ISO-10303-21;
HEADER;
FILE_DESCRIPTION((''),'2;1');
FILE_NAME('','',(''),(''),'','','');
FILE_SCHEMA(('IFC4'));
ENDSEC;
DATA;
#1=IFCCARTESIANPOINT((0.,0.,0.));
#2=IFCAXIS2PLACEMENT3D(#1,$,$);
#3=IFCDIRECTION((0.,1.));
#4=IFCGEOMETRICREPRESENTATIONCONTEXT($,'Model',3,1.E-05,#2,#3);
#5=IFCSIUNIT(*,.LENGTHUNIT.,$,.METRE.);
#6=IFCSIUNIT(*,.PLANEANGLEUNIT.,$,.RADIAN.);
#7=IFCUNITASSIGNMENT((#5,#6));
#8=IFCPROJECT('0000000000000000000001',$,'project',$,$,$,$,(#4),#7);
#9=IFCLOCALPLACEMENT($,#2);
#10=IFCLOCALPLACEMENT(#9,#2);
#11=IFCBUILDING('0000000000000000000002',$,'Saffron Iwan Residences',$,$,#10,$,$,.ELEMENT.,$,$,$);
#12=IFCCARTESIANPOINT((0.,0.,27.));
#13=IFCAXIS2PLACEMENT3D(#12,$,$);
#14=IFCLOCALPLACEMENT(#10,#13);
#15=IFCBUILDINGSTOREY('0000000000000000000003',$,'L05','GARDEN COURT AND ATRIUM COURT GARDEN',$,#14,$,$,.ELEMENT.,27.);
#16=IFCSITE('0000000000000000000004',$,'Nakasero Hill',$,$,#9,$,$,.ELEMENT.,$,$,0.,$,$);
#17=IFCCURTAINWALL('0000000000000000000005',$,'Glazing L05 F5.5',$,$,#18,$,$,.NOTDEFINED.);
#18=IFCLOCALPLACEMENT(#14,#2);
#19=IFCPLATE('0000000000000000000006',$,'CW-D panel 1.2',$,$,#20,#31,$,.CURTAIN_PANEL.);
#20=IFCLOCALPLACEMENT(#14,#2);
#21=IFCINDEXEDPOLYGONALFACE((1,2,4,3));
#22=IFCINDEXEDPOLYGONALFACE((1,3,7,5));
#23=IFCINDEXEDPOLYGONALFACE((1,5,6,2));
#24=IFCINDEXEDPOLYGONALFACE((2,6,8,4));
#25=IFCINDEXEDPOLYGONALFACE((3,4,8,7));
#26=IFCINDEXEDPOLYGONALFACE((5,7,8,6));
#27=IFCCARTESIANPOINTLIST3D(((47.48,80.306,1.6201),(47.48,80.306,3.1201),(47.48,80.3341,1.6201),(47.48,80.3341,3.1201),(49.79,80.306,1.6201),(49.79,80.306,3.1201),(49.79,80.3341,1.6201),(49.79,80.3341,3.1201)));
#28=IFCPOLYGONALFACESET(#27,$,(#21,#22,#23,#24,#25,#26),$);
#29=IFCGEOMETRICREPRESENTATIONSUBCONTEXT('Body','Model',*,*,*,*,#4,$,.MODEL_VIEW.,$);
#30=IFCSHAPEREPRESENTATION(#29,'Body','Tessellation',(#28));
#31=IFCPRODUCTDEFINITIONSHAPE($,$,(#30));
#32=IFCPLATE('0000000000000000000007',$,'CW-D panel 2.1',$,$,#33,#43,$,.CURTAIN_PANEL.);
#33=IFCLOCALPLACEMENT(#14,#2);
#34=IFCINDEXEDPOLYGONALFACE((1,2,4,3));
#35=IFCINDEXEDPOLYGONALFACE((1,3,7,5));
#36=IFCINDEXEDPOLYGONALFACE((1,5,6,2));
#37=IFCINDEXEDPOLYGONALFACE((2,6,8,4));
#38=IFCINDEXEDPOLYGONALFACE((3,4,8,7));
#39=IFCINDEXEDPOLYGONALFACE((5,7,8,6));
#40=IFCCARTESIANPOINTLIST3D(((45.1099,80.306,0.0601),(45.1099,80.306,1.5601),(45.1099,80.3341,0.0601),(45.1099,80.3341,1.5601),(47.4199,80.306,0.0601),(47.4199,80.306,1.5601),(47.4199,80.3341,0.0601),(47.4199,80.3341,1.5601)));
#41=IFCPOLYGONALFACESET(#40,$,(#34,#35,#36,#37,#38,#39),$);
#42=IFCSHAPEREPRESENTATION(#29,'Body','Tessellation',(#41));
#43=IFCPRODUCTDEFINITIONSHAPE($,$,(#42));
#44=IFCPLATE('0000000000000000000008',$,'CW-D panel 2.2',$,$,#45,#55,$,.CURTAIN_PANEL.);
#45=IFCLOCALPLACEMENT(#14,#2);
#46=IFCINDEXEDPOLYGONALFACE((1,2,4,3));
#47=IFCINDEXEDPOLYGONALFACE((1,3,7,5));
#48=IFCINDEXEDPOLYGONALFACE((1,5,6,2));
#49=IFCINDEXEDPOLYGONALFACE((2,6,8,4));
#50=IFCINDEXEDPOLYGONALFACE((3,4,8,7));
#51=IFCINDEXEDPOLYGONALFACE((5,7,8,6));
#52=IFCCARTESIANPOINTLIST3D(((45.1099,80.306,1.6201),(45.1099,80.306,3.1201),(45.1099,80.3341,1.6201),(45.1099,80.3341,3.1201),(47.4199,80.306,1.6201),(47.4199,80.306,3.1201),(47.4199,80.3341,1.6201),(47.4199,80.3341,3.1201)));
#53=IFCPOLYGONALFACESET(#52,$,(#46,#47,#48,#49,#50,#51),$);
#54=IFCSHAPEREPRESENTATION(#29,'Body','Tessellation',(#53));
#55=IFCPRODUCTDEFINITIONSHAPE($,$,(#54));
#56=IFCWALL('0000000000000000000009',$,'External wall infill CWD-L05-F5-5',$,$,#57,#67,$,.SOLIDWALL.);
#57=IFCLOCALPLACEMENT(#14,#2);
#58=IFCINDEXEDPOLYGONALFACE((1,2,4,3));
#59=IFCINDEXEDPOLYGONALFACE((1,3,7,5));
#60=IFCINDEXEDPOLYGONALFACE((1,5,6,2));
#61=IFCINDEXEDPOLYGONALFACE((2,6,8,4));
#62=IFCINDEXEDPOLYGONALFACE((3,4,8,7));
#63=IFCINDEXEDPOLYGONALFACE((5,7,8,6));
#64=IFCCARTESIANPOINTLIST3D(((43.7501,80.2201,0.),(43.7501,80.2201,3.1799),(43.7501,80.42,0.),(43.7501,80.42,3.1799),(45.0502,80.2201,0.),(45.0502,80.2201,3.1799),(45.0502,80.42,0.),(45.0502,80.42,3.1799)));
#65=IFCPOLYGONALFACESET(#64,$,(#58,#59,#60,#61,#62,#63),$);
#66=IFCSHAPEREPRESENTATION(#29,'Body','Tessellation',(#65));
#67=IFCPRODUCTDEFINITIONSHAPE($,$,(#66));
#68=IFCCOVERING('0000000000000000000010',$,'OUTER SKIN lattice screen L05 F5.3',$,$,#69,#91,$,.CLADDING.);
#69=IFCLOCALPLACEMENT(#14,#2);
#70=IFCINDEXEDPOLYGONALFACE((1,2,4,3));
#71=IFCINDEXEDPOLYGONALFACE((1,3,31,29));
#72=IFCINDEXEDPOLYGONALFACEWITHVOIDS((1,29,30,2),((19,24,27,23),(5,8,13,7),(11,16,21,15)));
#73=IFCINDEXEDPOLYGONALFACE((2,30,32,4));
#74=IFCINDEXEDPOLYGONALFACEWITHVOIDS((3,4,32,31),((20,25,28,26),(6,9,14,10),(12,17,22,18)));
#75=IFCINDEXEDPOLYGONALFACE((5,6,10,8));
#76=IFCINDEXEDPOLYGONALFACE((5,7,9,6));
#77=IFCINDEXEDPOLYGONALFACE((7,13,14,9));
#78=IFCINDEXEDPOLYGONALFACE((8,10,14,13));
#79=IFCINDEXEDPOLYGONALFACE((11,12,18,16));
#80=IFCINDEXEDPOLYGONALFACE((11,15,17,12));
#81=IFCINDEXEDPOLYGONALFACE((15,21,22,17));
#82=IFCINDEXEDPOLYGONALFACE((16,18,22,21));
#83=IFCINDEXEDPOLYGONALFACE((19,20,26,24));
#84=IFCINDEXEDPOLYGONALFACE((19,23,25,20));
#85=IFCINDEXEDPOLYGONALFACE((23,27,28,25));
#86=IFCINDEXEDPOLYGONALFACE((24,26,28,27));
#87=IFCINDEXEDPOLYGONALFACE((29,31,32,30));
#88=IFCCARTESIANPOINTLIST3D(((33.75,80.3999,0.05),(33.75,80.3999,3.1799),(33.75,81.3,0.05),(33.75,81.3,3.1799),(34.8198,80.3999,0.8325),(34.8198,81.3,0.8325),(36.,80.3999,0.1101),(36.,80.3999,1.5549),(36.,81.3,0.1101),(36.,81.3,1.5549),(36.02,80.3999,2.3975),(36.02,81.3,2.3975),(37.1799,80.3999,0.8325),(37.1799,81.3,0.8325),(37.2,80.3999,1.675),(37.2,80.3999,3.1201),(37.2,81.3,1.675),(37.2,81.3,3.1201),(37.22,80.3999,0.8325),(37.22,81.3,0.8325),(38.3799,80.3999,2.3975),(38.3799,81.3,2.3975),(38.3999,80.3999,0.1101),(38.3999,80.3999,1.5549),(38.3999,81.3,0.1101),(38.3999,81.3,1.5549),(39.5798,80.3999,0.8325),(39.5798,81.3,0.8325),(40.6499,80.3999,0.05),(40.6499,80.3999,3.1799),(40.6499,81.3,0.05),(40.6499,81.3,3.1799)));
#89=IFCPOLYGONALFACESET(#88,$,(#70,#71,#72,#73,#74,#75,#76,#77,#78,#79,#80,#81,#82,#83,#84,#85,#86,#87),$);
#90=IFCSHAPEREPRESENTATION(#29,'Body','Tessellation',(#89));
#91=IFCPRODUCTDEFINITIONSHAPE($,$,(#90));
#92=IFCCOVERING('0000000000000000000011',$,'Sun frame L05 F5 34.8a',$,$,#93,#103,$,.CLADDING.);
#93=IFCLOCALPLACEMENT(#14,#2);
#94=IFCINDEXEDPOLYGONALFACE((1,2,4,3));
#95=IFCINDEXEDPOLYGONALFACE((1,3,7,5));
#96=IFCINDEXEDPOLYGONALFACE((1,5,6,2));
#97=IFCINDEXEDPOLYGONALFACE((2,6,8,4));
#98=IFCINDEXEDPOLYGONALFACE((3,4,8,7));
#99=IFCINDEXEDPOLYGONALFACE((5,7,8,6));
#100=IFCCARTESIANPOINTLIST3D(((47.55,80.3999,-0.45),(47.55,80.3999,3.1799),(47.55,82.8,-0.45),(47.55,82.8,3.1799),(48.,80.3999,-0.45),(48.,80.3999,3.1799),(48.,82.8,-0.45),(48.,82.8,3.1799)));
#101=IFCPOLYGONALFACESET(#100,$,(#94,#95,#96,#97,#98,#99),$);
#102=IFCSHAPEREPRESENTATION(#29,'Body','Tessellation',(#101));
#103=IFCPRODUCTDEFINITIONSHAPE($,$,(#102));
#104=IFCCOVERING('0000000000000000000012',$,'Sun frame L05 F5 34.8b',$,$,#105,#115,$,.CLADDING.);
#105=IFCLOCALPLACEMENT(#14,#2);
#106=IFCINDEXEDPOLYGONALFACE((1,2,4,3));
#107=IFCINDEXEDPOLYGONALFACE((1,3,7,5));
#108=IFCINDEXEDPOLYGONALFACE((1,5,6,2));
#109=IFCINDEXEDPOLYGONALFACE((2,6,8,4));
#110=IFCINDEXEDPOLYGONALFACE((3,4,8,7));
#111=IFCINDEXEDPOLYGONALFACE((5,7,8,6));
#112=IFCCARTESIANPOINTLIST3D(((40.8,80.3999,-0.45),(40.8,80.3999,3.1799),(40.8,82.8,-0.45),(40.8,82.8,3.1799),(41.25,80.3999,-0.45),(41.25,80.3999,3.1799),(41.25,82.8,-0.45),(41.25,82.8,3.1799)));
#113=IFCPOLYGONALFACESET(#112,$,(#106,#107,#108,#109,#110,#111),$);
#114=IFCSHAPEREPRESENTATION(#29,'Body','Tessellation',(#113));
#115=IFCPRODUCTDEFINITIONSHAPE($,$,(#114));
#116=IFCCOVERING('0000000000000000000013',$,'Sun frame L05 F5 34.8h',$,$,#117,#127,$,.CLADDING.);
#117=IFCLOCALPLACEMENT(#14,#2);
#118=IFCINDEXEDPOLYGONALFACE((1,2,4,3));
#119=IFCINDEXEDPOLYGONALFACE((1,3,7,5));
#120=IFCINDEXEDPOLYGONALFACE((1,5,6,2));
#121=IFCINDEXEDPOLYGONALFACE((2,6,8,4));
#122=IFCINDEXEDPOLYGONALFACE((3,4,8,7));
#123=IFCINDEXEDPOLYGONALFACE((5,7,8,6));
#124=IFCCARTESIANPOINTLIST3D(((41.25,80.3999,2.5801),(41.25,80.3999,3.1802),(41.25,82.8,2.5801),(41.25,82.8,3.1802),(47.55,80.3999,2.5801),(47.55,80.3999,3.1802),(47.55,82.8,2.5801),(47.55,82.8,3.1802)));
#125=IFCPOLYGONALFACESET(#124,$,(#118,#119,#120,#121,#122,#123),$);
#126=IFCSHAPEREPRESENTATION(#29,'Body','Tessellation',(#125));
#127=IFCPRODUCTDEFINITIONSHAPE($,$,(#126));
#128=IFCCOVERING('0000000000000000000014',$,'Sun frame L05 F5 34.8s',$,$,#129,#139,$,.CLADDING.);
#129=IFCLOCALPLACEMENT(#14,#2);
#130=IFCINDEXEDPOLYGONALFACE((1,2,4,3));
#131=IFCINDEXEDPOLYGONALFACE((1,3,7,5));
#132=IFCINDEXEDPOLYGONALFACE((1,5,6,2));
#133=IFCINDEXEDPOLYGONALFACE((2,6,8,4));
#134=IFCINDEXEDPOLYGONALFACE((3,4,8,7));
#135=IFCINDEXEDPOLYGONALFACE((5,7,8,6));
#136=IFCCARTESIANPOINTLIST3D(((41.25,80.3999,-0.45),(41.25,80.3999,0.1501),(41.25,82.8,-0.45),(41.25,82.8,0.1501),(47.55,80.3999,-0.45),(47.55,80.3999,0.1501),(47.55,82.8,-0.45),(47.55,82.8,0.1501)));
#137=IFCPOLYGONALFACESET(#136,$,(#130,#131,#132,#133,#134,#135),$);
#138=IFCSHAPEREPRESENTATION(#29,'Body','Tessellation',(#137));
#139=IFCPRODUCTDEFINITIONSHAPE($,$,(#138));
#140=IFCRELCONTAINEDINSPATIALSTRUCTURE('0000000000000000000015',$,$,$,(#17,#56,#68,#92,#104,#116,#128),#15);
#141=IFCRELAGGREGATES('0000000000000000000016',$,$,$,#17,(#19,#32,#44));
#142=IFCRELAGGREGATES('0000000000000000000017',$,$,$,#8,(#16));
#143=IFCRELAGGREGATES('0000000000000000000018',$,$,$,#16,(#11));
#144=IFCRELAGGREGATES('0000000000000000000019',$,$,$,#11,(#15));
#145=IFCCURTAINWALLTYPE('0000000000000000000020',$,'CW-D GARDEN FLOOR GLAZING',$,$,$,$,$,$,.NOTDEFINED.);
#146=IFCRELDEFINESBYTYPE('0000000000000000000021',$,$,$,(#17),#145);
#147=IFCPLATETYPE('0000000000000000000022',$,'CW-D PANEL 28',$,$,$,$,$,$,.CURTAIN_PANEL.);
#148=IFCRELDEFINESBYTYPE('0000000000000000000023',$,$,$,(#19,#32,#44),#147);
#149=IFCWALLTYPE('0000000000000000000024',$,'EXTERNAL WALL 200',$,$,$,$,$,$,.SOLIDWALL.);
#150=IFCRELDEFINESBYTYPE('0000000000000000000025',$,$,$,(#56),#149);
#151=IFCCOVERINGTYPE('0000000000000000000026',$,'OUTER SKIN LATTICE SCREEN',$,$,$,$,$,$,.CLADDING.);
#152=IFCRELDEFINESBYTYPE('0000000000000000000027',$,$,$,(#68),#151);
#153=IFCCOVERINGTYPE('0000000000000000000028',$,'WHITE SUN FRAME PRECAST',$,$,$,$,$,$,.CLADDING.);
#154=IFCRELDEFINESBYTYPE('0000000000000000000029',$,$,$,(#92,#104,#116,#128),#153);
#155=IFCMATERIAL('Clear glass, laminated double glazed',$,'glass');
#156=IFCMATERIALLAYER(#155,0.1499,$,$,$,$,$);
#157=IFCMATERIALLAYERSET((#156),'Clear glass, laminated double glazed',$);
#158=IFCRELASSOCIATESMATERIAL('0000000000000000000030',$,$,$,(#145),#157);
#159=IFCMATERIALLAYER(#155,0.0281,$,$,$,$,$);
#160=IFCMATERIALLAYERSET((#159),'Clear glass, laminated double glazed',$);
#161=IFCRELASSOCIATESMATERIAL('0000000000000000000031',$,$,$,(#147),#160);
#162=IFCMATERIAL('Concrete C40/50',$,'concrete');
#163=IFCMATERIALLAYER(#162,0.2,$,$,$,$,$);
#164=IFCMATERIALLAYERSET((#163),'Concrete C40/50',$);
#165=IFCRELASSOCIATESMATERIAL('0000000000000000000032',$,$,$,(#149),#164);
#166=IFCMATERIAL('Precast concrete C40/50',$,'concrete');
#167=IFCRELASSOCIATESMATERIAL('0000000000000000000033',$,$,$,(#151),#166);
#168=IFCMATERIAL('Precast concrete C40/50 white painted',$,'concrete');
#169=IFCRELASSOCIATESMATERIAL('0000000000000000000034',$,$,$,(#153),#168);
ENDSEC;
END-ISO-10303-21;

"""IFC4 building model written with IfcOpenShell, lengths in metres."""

from ifc_helpers import new_model, si_unit, direction, frame, frame_2d, origin, origin_2d, place, context, subcontext, project, spatial, polyline, rectangle, outline, extrude, source, transform, mapped, material, layer, layer_set, type_object, element, aggregate, save


model = new_model("IFC4")

# Units and contexts
model_context = context("Model", 3, precision=1e-05, world=origin(), true_north=direction((0.0, 1.0)))
body_context = subcontext(model_context, "Body", "Model", "MODEL_VIEW")
ifc_project = project(units=[si_unit("LENGTHUNIT", "METRE"), si_unit("PLANEANGLEUNIT", "RADIAN")], contexts=[model_context])

# Site, building, storey
site_placement = place(None, origin())
site = spatial("IfcSite", under=ifc_project, at=site_placement, Name="Nakasero Hill", CompositionType="ELEMENT", RefElevation=0.0)
building_placement = place(site_placement, origin())
building = spatial("IfcBuilding", under=site, at=building_placement, Name="Saffron Iwan Residences", CompositionType="ELEMENT")
storey_placement = place(building_placement, frame((0.0, 0.0, 27.0)))
storey = spatial("IfcBuildingStorey", under=building, at=storey_placement, Name="L05", Description="GARDEN COURT AND ATRIUM COURT GARDEN", CompositionType="ELEMENT", Elevation=27.0)

# Curtain wall
ifc_material_1 = material(Name="Clear glass, laminated double glazed", Category="glass")
ifc_layer_1 = layer(ifc_material_1, 0.1499)
ifc_layer_set_1 = layer_set([ifc_layer_1], Name="Clear glass, laminated double glazed")
curtain_wall_type = type_object("IfcCurtainWallType", Name="CW-D GARDEN FLOOR GLAZING", PredefinedType="NOTDEFINED", material=ifc_layer_set_1)
curtain_wall_1_placement = place(storey_placement, origin())
curtain_wall_1 = element("IfcCurtainWall", 1, at=curtain_wall_1_placement, inside=storey, type_object=curtain_wall_type, Name="Glazing L05 F5.5", PredefinedType="NOTDEFINED")

# Plates
ifc_layer_2 = layer(ifc_material_1, 0.0281)
ifc_layer_set_2 = layer_set([ifc_layer_2], Name="Clear glass, laminated double glazed")
plate_type = type_object("IfcPlateType", Name="CW-D PANEL 28", PredefinedType="CURTAIN_PANEL", material=ifc_layer_set_2)
shared_shape_1 = source(origin(), body_context, "Body", "SweptSolid", [
    extrude(rectangle(XDim=2.3101, YDim=0.0281, at=origin_2d()), origin(), (0.0, 0.0, 1.0), 1.5),
])
plate_1_placement = place(storey_placement, frame((48.635, 80.3201, 1.6201), z_axis=(0.0, 0.0, 1.0), x_axis=(-1.0, 0.0, 0.0)))
plate_1 = element("IfcPlate", 2, at=plate_1_placement, type_object=plate_type, Name="CW-D panel 1.2", PredefinedType="CURTAIN_PANEL", context=body_context, shape_type="MappedRepresentation", body=[
    mapped(shared_shape_1, transform((0.0, 0.0, 0.0))),
])
plate_2_placement = place(storey_placement, frame((46.2649, 80.3201, 0.0601), z_axis=(0.0, 0.0, 1.0), x_axis=(-1.0, 0.0, 0.0)))
plate_2 = element("IfcPlate", 3, at=plate_2_placement, type_object=plate_type, Name="CW-D panel 2.1", PredefinedType="CURTAIN_PANEL", context=body_context, shape_type="MappedRepresentation", body=[
    mapped(shared_shape_1, transform((0.0, 0.0, 0.0))),
])
plate_3_placement = place(storey_placement, frame((46.2649, 80.3201, 1.6201), z_axis=(0.0, 0.0, 1.0), x_axis=(-1.0, 0.0, 0.0)))
plate_3 = element("IfcPlate", 4, at=plate_3_placement, type_object=plate_type, Name="CW-D panel 2.2", PredefinedType="CURTAIN_PANEL", context=body_context, shape_type="MappedRepresentation", body=[
    mapped(shared_shape_1, transform((0.0, 0.0, 0.0))),
])
aggregate(curtain_wall_1, [plate_1, plate_2, plate_3])

# Wall
ifc_material_2 = material(Name="Concrete C40/50", Category="concrete")
ifc_layer_3 = layer(ifc_material_2, 0.2)
ifc_layer_set_3 = layer_set([ifc_layer_3], Name="Concrete C40/50")
wall_type = type_object("IfcWallType", Name="EXTERNAL WALL 200", PredefinedType="SOLIDWALL", material=ifc_layer_set_3)
wall_placement = place(storey_placement, frame((45.05, 80.3201, 0.0), z_axis=(0.0, 0.0, 1.0), x_axis=(-1.0, 0.0, 0.0)))
element("IfcWall", 5, at=wall_placement, inside=storey, type_object=wall_type, Name="External wall infill CWD-L05-F5-5", PredefinedType="SOLIDWALL", context=body_context, shape_type="SweptSolid", body=[
    extrude(rectangle(XDim=1.3, YDim=0.2, at=frame_2d((0.6499, 0.0))), origin(), (0.0, 0.0, 1.0), 3.1799),
])

# Coverings
ifc_material_3 = material(Name="Precast concrete C40/50", Category="concrete")
covering_type_1 = type_object("IfcCoveringType", Name="OUTER SKIN LATTICE SCREEN", PredefinedType="CLADDING", material=ifc_material_3)
covering_placement = place(storey_placement, frame((40.6499, 80.3999, 0.05), z_axis=(0.0, 1.0, 0.0), x_axis=(-1.0, 0.0, 0.0)))
element("IfcCovering", 6, at=covering_placement, inside=storey, type_object=covering_type_1, Name="OUTER SKIN lattice screen L05 F5.3", PredefinedType="CLADDING", context=body_context, shape_type="SweptSolid", body=[
    extrude(outline(polyline([(0.0, 0.0), (6.8999, 0.0), (6.8999, 3.1299), (0.0, 3.1299), (0.0, 0.0)]), holes=[polyline([(1.0701, 0.7825), (2.25, 0.0601), (3.4299, 0.7825), (2.25, 1.5049), (1.0701, 0.7825)]), polyline([(3.47, 0.7825), (4.6499, 0.0601), (5.8301, 0.7825), (4.6499, 1.5049), (3.47, 0.7825)]), polyline([(2.27, 2.3474), (3.45, 1.625), (4.6299, 2.3474), (3.45, 3.0701), (2.27, 2.3474)])]), origin(), (0.0, 0.0, 1.0), 0.9001),
])
ifc_material_4 = material(Name="Precast concrete C40/50 white painted", Category="concrete")
covering_type_2 = type_object("IfcCoveringType", Name="WHITE SUN FRAME PRECAST", PredefinedType="CLADDING", material=ifc_material_4)
for number, where, z_axis, x_axis, name in (
    (7, (48.0, 80.3999, -0.45), (0.0, 1.0, 0.0), (-1.0, 0.0, 0.0), "Sun frame L05 F5 34.8a"),
    (8, (41.25, 80.3999, -0.45), (0.0, 1.0, 0.0), (-1.0, 0.0, 0.0), "Sun frame L05 F5 34.8b"),
):
    element("IfcCovering", number, at=place(storey_placement, frame(where, z_axis=z_axis, x_axis=x_axis)), inside=storey, type_object=covering_type_2, Name=name, PredefinedType="CLADDING", context=body_context, shape_type="SweptSolid", body=[
        extrude(outline(polyline([(0.0, 0.0), (0.45, 0.0), (0.45, 3.6299), (0.0, 3.6299), (0.0, 0.0)])), origin(), (0.0, 0.0, 1.0), 2.4001),
    ])
for number, where, z_axis, x_axis, name in (
    (9, (47.55, 80.3999, 2.5801), (0.0, 1.0, 0.0), (-1.0, 0.0, 0.0), "Sun frame L05 F5 34.8h"),
    (10, (47.55, 80.3999, -0.45), (0.0, 1.0, 0.0), (-1.0, 0.0, 0.0), "Sun frame L05 F5 34.8s"),
):
    element("IfcCovering", number, at=place(storey_placement, frame(where, z_axis=z_axis, x_axis=x_axis)), inside=storey, type_object=covering_type_2, Name=name, PredefinedType="CLADDING", context=body_context, shape_type="SweptSolid", body=[
        extrude(outline(polyline([(0.0, 0.0), (6.3, 0.0), (6.3, 0.6001), (0.0, 0.6001), (0.0, 0.0)])), origin(), (0.0, 0.0, 1.0), 2.4001),
    ])

save(model, "model.ifc")
